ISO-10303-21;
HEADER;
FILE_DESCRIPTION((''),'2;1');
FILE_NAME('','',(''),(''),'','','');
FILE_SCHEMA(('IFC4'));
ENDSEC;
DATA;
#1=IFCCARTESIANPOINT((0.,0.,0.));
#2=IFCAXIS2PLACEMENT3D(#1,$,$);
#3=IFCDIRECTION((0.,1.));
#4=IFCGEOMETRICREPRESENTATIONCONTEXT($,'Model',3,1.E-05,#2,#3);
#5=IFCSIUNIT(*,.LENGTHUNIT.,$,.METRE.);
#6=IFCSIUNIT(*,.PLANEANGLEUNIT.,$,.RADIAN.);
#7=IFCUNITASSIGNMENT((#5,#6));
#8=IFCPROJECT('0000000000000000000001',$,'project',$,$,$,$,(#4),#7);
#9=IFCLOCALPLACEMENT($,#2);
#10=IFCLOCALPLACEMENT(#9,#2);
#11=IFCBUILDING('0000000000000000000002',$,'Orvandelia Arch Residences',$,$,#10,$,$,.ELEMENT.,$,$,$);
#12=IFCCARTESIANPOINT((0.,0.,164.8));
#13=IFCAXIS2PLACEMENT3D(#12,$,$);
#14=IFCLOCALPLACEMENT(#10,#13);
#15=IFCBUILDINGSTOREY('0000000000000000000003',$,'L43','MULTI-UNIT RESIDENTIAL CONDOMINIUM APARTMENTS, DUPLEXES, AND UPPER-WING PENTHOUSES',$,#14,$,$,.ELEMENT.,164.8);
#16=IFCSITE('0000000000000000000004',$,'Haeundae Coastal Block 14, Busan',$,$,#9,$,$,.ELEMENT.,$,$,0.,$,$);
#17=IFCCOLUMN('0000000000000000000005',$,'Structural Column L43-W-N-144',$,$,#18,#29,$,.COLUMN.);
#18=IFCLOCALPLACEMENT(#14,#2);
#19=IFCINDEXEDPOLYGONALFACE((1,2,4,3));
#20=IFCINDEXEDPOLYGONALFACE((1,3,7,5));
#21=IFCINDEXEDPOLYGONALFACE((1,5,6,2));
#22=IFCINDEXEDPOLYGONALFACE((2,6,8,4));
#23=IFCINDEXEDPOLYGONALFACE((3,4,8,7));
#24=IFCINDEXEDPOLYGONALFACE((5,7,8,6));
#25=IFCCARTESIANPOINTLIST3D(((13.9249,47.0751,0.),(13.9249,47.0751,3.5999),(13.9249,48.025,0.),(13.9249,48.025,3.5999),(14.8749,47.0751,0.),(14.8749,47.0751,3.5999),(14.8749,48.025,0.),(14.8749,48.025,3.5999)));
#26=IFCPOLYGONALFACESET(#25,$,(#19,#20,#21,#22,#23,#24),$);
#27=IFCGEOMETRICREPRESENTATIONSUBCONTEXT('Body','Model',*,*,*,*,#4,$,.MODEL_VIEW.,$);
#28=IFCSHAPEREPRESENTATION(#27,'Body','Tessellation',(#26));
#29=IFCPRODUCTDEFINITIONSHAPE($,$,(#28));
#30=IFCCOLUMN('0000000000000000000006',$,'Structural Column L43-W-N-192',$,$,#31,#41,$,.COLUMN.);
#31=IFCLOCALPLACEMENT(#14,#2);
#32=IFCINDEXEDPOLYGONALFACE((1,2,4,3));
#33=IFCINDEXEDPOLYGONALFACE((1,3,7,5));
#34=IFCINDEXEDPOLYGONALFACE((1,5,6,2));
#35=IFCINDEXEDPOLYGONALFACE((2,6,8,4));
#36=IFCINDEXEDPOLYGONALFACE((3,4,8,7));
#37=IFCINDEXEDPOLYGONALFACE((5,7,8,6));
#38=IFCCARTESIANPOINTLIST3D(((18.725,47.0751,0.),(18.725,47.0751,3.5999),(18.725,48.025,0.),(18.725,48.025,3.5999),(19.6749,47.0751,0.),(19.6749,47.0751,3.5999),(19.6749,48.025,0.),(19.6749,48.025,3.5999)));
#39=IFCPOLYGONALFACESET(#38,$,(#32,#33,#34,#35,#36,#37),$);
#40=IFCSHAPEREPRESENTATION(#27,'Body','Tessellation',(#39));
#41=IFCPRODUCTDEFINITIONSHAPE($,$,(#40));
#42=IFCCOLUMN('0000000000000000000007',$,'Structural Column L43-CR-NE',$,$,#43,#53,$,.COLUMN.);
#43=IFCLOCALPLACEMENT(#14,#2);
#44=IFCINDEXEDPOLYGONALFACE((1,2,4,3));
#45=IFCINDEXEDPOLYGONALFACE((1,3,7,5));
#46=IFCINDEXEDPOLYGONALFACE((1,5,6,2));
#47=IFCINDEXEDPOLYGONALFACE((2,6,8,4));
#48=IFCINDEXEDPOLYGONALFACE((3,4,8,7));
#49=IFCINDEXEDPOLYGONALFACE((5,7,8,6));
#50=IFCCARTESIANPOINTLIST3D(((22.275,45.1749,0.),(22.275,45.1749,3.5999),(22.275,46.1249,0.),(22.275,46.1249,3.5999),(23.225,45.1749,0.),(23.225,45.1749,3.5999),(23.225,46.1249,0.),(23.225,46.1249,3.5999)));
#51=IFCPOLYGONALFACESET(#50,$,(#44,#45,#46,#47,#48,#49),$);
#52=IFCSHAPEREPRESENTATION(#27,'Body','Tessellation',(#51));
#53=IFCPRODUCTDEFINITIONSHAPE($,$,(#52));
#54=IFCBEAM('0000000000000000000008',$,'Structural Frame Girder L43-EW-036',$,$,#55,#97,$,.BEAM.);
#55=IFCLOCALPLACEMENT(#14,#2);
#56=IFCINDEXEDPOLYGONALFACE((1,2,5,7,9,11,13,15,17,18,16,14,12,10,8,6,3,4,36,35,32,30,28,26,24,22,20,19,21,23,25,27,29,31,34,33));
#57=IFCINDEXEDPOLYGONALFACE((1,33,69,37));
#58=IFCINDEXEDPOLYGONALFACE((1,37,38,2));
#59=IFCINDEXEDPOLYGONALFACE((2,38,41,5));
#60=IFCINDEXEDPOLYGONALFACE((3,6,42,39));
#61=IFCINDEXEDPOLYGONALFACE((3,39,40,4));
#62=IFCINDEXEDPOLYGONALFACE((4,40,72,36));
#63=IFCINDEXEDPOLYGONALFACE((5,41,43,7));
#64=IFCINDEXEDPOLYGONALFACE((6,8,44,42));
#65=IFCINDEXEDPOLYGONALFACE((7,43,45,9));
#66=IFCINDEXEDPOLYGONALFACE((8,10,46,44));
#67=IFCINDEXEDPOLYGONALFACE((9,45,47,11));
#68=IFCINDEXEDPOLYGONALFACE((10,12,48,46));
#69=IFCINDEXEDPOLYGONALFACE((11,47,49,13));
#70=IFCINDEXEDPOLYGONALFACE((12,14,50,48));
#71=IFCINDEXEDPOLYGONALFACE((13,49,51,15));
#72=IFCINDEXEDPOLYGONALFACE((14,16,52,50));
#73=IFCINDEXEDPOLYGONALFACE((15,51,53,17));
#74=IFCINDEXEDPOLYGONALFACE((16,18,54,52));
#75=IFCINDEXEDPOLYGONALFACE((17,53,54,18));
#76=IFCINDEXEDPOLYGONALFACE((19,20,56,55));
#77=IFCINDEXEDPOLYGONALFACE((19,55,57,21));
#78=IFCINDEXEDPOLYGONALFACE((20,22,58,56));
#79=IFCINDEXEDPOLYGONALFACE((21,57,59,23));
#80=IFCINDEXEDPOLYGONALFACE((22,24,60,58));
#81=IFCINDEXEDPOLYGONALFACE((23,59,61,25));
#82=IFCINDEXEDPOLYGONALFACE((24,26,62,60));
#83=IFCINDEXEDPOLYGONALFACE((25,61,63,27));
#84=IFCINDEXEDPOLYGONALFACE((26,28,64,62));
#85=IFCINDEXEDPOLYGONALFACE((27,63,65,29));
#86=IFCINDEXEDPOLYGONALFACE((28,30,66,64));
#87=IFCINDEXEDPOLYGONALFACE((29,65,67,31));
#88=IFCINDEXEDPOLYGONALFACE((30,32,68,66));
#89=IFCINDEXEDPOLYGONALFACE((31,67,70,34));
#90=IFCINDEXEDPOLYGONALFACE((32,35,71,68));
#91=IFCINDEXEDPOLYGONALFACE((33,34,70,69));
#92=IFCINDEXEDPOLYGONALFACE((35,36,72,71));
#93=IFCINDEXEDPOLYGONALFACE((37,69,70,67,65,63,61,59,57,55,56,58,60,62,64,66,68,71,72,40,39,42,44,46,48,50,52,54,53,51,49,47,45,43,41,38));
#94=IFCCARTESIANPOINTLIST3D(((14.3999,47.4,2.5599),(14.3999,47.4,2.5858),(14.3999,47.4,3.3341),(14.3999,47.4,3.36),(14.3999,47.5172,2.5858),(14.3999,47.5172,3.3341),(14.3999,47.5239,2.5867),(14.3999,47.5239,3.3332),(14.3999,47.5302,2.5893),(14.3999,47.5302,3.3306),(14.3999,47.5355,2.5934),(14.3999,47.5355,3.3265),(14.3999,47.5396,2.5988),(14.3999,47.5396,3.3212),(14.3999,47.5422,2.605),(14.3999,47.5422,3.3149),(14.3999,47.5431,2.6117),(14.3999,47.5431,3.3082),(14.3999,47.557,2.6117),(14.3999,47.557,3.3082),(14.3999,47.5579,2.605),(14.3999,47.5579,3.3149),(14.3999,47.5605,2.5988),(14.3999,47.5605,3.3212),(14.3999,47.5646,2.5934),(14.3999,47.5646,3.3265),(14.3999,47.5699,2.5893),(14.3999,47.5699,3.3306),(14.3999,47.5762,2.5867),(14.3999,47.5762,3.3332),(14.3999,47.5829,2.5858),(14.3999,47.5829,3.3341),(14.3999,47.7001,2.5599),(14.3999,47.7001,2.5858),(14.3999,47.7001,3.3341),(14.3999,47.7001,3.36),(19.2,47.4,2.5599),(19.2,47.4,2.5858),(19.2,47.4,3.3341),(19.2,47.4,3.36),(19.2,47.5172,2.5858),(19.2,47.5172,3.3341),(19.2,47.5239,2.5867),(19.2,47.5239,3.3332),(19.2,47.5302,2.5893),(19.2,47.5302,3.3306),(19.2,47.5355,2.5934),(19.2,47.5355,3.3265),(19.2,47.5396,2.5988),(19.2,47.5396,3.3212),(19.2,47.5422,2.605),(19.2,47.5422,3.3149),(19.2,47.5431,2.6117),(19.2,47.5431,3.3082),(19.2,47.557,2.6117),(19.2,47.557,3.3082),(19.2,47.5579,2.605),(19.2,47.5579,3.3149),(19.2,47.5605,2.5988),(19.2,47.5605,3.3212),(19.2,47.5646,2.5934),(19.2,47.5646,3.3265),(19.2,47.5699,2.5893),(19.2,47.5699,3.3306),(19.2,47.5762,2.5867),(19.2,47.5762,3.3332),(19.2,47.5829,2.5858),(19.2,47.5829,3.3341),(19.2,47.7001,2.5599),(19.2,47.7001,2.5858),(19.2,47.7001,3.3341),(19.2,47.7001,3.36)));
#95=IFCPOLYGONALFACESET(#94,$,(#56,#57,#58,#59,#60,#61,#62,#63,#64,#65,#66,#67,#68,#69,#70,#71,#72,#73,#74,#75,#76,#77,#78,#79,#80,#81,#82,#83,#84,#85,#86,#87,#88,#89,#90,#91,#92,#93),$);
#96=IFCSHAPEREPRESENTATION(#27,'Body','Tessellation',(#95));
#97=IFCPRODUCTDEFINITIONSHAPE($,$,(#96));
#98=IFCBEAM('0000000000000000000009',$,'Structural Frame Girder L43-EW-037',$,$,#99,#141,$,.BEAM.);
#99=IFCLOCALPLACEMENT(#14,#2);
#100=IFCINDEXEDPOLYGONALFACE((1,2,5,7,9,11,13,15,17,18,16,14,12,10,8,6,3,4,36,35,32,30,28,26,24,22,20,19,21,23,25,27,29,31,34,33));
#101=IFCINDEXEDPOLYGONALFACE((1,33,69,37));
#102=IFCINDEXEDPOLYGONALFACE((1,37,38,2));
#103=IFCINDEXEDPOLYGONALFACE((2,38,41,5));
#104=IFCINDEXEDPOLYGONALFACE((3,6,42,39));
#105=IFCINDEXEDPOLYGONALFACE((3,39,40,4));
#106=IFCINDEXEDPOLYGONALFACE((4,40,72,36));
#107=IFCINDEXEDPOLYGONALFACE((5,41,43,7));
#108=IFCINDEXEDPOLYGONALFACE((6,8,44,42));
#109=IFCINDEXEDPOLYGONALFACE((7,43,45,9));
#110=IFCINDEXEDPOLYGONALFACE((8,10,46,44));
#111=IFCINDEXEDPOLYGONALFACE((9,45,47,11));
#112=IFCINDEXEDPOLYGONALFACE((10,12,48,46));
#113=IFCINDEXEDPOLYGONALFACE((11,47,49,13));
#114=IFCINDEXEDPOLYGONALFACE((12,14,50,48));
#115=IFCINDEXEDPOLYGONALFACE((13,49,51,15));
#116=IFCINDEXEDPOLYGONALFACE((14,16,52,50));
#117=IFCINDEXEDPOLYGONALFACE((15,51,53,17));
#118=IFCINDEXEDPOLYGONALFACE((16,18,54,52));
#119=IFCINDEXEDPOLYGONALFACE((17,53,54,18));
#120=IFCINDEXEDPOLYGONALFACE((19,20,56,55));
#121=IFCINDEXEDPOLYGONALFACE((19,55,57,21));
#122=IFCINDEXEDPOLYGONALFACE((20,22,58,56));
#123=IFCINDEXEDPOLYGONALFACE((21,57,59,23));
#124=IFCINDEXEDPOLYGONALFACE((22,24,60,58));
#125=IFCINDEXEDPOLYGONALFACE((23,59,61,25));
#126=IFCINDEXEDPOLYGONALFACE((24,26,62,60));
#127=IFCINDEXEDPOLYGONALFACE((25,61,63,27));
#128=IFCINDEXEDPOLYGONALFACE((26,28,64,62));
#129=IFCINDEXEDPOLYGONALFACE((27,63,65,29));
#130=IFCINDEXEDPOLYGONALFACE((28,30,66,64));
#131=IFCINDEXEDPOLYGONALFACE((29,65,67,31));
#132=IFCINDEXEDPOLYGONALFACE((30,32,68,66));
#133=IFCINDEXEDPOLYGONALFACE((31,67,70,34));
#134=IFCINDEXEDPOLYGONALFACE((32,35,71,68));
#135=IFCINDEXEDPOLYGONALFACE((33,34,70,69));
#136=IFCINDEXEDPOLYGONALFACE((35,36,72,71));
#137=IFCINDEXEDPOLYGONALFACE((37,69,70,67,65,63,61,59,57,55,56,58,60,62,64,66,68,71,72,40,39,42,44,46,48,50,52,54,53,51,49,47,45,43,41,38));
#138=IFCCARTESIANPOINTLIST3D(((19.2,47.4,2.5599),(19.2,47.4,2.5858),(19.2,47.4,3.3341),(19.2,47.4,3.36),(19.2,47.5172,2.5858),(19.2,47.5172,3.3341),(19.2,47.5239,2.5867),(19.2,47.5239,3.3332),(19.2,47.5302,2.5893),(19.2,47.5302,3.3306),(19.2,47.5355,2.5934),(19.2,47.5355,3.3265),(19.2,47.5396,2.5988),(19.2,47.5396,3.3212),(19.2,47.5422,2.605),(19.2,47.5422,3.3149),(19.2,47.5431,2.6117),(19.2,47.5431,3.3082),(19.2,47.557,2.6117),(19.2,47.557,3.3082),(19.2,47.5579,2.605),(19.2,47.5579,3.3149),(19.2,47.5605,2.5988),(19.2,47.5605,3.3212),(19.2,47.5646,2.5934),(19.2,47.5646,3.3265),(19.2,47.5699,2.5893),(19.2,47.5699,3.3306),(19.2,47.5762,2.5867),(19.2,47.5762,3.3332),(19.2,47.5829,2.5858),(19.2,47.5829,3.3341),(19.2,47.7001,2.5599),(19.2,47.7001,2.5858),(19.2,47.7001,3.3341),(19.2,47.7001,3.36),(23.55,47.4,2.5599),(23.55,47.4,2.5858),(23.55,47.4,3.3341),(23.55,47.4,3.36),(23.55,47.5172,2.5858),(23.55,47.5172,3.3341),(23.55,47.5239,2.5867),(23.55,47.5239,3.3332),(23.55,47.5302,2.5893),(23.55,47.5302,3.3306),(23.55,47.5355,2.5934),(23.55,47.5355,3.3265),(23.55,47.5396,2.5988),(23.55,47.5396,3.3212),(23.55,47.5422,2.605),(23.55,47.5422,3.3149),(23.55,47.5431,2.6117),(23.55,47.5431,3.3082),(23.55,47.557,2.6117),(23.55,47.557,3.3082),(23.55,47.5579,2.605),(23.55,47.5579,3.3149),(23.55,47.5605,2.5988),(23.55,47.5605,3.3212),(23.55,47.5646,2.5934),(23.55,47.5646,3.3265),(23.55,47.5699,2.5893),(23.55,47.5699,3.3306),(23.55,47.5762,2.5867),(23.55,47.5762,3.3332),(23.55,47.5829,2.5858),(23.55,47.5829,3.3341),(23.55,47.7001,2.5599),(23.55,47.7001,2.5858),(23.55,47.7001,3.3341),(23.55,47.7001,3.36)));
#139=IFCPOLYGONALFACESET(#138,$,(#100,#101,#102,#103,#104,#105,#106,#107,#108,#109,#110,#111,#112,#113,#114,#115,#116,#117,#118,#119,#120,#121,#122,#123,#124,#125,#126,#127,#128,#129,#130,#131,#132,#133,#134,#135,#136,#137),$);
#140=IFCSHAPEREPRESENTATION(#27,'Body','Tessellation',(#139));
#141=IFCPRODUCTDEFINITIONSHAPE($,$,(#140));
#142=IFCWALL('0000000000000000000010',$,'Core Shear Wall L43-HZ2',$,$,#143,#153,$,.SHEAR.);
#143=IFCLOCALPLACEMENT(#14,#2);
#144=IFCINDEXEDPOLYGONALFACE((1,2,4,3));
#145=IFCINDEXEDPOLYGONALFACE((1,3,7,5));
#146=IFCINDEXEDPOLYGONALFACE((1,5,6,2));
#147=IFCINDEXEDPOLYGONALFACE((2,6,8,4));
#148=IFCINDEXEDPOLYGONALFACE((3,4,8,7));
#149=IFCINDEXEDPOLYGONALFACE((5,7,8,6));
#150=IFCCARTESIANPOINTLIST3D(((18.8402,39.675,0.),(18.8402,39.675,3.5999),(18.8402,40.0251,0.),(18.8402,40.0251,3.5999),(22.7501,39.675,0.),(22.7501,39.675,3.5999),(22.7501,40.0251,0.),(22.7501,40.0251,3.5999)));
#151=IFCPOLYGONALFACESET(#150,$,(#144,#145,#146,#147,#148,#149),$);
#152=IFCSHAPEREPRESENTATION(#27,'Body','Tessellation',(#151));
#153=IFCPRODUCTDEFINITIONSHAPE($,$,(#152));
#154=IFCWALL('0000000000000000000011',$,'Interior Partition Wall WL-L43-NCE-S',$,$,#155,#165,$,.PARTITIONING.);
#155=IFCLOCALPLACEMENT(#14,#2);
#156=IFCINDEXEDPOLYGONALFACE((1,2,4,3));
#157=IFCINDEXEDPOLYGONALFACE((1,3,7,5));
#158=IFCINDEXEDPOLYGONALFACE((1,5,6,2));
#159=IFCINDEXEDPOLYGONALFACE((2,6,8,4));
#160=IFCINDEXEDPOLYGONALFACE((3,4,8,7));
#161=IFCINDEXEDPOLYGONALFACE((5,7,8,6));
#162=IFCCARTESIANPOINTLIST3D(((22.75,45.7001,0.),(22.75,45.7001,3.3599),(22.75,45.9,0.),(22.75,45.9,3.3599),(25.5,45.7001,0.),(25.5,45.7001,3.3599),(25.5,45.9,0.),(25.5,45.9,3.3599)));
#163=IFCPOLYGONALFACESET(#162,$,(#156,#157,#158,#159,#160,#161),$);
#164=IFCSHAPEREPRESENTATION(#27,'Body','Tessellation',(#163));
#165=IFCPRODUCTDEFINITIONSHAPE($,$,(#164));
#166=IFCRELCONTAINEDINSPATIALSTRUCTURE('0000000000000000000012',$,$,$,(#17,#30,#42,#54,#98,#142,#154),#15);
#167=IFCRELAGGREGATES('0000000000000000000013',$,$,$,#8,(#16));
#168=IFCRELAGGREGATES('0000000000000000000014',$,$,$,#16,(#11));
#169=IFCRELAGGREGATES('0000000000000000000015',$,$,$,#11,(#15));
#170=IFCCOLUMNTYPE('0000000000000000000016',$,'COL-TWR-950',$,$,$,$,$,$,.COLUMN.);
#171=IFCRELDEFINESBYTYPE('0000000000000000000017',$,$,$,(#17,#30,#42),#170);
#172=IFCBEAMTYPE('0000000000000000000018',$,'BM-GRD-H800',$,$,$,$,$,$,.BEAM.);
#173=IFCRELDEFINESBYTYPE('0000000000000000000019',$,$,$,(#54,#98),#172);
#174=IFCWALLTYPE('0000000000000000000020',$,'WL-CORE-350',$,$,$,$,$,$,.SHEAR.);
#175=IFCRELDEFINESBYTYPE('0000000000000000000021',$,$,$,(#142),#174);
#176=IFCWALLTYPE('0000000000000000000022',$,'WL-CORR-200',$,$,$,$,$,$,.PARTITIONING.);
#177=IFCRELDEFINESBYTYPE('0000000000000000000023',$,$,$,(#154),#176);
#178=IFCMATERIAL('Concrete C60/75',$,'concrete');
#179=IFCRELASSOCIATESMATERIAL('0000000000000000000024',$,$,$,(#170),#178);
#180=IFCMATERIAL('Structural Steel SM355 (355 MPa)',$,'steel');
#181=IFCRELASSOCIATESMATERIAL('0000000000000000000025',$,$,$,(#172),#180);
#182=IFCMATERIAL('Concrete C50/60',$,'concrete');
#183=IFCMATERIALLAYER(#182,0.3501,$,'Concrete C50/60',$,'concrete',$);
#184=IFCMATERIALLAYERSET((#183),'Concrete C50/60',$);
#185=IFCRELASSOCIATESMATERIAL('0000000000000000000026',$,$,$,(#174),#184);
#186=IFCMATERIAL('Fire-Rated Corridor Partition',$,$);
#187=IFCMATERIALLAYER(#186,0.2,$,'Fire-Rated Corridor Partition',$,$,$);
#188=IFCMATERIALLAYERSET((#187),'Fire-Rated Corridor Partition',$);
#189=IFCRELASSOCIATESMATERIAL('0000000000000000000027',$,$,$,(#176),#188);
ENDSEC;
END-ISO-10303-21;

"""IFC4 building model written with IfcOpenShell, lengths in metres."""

from ifc_helpers import new_model, si_unit, direction, frame, frame_2d, origin, origin_2d, place, context, subcontext, project, spatial, rectangle, i_section, extrude, material, layer, layer_set, material_profile, profile_set, type_object, element, save


model = new_model("IFC4")

# Units and contexts
model_context = context("Model", 3, precision=1e-05, world=origin(), true_north=direction((0.0, 1.0)))
body_context = subcontext(model_context, "Body", "Model", "MODEL_VIEW")
ifc_project = project(units=[si_unit("LENGTHUNIT", "METRE"), si_unit("PLANEANGLEUNIT", "RADIAN")], contexts=[model_context])

# Site, building, storey
site_placement = place(None, origin())
site = spatial("IfcSite", under=ifc_project, at=site_placement, Name="Haeundae Coastal Block 14, Busan", CompositionType="ELEMENT", RefElevation=0.0)
building_placement = place(site_placement, origin())
building = spatial("IfcBuilding", under=site, at=building_placement, Name="Orvandelia Arch Residences", CompositionType="ELEMENT")
storey_placement = place(building_placement, frame((0.0, 0.0, 164.8)))
storey = spatial("IfcBuildingStorey", under=building, at=storey_placement, Name="L43", Description="MULTI-UNIT RESIDENTIAL CONDOMINIUM APARTMENTS, DUPLEXES, AND UPPER-WING PENTHOUSES", CompositionType="ELEMENT", Elevation=164.8)

# Columns
ifc_material_1 = material(Name="Concrete C60/75", Category="concrete")
ifc_material_profile_1 = material_profile(ifc_material_1, rectangle(XDim=0.95, YDim=0.95, at=origin_2d()), Name="Concrete C60/75", Category="concrete")
ifc_profile_set_1 = profile_set([ifc_material_profile_1], Name="Concrete C60/75")
column_type = type_object("IfcColumnType", Name="COL-TWR-950", PredefinedType="COLUMN", material=ifc_profile_set_1)
for number, where, z_axis, x_axis, name in (
    (1, (14.3999, 47.55, 0.0), (0.0, 0.0, 1.0), (1.0, 0.0, 0.0), "Structural Column L43-W-N-144"),
    (2, (19.2, 47.55, 0.0), (0.0, 0.0, 1.0), (1.0, 0.0, 0.0), "Structural Column L43-W-N-192"),
    (3, (22.75, 45.6499, 0.0), (0.0, 0.0, 1.0), (1.0, 0.0, 0.0), "Structural Column L43-CR-NE"),
):
    element("IfcColumn", number, at=place(storey_placement, frame(where, z_axis=z_axis, x_axis=x_axis)), inside=storey, type_object=column_type, Name=name, PredefinedType="COLUMN", context=body_context, shape_type="SweptSolid", body=[
        extrude(rectangle(XDim=0.95, YDim=0.95, at=origin_2d()), origin(), (0.0, 0.0, 1.0), 3.5999),
    ])

# Beams
ifc_material_2 = material(Name="Structural Steel SM355 (355 MPa)", Category="steel")
ifc_material_profile_2 = material_profile(ifc_material_2, i_section(OverallWidth=0.3, OverallDepth=0.8, WebThickness=0.0139, FlangeThickness=0.0259, FilletRadius=0.0259, at=origin_2d()), Name="Structural Steel SM355 (355 MPa)", Category="steel")
ifc_profile_set_2 = profile_set([ifc_material_profile_2], Name="Structural Steel SM355 (355 MPa)")
beam_type = type_object("IfcBeamType", Name="BM-GRD-H800", PredefinedType="BEAM", material=ifc_profile_set_2)
beam_1_placement = place(storey_placement, frame((14.3999, 47.55, 2.96), z_axis=(1.0, 0.0, 0.0), x_axis=(0.0, 1.0, 0.0)))
element("IfcBeam", 4, at=beam_1_placement, inside=storey, type_object=beam_type, Name="Structural Frame Girder L43-EW-036", PredefinedType="BEAM", context=body_context, shape_type="SweptSolid", body=[
    extrude(i_section(OverallWidth=0.3, OverallDepth=0.8, WebThickness=0.0139, FlangeThickness=0.0259, FilletRadius=0.0259, at=origin_2d()), origin(), (0.0, 0.0, 1.0), 4.8),
])
beam_2_placement = place(storey_placement, frame((19.2, 47.55, 2.96), z_axis=(1.0, 0.0, 0.0), x_axis=(0.0, 1.0, 0.0)))
element("IfcBeam", 5, at=beam_2_placement, inside=storey, type_object=beam_type, Name="Structural Frame Girder L43-EW-037", PredefinedType="BEAM", context=body_context, shape_type="SweptSolid", body=[
    extrude(i_section(OverallWidth=0.3, OverallDepth=0.8, WebThickness=0.0139, FlangeThickness=0.0259, FilletRadius=0.0259, at=origin_2d()), origin(), (0.0, 0.0, 1.0), 4.3501),
])

# Walls
ifc_material_3 = material(Name="Concrete C50/60", Category="concrete")
ifc_layer_1 = layer(ifc_material_3, 0.3501, Name="Concrete C50/60", Category="concrete")
ifc_layer_set_1 = layer_set([ifc_layer_1], Name="Concrete C50/60")
wall_type_1 = type_object("IfcWallType", Name="WL-CORE-350", PredefinedType="SHEAR", material=ifc_layer_set_1)
wall_1_placement = place(storey_placement, frame((18.8401, 39.8501, 0.0), z_axis=(0.0, 0.0, 1.0), x_axis=(1.0, 0.0, 0.0)))
element("IfcWall", 6, at=wall_1_placement, inside=storey, type_object=wall_type_1, Name="Core Shear Wall L43-HZ2", PredefinedType="SHEAR", context=body_context, shape_type="SweptSolid", body=[
    extrude(rectangle(XDim=3.9099, YDim=0.3501, at=frame_2d((1.9551, 0.0))), origin(), (0.0, 0.0, 1.0), 3.5999),
])
ifc_material_4 = material(Name="Fire-Rated Corridor Partition")
ifc_layer_2 = layer(ifc_material_4, 0.2, Name="Fire-Rated Corridor Partition")
ifc_layer_set_2 = layer_set([ifc_layer_2], Name="Fire-Rated Corridor Partition")
wall_type_2 = type_object("IfcWallType", Name="WL-CORR-200", PredefinedType="PARTITIONING", material=ifc_layer_set_2)
wall_2_placement = place(storey_placement, frame((22.75, 45.8, 0.0), z_axis=(0.0, 0.0, 1.0), x_axis=(1.0, 0.0, 0.0)))
element("IfcWall", 7, at=wall_2_placement, inside=storey, type_object=wall_type_2, Name="Interior Partition Wall WL-L43-NCE-S", PredefinedType="PARTITIONING", context=body_context, shape_type="SweptSolid", body=[
    extrude(rectangle(XDim=2.75, YDim=0.2, at=frame_2d((1.375, 0.0))), origin(), (0.0, 0.0, 1.0), 3.3599),
])

save(model, "model.ifc")
